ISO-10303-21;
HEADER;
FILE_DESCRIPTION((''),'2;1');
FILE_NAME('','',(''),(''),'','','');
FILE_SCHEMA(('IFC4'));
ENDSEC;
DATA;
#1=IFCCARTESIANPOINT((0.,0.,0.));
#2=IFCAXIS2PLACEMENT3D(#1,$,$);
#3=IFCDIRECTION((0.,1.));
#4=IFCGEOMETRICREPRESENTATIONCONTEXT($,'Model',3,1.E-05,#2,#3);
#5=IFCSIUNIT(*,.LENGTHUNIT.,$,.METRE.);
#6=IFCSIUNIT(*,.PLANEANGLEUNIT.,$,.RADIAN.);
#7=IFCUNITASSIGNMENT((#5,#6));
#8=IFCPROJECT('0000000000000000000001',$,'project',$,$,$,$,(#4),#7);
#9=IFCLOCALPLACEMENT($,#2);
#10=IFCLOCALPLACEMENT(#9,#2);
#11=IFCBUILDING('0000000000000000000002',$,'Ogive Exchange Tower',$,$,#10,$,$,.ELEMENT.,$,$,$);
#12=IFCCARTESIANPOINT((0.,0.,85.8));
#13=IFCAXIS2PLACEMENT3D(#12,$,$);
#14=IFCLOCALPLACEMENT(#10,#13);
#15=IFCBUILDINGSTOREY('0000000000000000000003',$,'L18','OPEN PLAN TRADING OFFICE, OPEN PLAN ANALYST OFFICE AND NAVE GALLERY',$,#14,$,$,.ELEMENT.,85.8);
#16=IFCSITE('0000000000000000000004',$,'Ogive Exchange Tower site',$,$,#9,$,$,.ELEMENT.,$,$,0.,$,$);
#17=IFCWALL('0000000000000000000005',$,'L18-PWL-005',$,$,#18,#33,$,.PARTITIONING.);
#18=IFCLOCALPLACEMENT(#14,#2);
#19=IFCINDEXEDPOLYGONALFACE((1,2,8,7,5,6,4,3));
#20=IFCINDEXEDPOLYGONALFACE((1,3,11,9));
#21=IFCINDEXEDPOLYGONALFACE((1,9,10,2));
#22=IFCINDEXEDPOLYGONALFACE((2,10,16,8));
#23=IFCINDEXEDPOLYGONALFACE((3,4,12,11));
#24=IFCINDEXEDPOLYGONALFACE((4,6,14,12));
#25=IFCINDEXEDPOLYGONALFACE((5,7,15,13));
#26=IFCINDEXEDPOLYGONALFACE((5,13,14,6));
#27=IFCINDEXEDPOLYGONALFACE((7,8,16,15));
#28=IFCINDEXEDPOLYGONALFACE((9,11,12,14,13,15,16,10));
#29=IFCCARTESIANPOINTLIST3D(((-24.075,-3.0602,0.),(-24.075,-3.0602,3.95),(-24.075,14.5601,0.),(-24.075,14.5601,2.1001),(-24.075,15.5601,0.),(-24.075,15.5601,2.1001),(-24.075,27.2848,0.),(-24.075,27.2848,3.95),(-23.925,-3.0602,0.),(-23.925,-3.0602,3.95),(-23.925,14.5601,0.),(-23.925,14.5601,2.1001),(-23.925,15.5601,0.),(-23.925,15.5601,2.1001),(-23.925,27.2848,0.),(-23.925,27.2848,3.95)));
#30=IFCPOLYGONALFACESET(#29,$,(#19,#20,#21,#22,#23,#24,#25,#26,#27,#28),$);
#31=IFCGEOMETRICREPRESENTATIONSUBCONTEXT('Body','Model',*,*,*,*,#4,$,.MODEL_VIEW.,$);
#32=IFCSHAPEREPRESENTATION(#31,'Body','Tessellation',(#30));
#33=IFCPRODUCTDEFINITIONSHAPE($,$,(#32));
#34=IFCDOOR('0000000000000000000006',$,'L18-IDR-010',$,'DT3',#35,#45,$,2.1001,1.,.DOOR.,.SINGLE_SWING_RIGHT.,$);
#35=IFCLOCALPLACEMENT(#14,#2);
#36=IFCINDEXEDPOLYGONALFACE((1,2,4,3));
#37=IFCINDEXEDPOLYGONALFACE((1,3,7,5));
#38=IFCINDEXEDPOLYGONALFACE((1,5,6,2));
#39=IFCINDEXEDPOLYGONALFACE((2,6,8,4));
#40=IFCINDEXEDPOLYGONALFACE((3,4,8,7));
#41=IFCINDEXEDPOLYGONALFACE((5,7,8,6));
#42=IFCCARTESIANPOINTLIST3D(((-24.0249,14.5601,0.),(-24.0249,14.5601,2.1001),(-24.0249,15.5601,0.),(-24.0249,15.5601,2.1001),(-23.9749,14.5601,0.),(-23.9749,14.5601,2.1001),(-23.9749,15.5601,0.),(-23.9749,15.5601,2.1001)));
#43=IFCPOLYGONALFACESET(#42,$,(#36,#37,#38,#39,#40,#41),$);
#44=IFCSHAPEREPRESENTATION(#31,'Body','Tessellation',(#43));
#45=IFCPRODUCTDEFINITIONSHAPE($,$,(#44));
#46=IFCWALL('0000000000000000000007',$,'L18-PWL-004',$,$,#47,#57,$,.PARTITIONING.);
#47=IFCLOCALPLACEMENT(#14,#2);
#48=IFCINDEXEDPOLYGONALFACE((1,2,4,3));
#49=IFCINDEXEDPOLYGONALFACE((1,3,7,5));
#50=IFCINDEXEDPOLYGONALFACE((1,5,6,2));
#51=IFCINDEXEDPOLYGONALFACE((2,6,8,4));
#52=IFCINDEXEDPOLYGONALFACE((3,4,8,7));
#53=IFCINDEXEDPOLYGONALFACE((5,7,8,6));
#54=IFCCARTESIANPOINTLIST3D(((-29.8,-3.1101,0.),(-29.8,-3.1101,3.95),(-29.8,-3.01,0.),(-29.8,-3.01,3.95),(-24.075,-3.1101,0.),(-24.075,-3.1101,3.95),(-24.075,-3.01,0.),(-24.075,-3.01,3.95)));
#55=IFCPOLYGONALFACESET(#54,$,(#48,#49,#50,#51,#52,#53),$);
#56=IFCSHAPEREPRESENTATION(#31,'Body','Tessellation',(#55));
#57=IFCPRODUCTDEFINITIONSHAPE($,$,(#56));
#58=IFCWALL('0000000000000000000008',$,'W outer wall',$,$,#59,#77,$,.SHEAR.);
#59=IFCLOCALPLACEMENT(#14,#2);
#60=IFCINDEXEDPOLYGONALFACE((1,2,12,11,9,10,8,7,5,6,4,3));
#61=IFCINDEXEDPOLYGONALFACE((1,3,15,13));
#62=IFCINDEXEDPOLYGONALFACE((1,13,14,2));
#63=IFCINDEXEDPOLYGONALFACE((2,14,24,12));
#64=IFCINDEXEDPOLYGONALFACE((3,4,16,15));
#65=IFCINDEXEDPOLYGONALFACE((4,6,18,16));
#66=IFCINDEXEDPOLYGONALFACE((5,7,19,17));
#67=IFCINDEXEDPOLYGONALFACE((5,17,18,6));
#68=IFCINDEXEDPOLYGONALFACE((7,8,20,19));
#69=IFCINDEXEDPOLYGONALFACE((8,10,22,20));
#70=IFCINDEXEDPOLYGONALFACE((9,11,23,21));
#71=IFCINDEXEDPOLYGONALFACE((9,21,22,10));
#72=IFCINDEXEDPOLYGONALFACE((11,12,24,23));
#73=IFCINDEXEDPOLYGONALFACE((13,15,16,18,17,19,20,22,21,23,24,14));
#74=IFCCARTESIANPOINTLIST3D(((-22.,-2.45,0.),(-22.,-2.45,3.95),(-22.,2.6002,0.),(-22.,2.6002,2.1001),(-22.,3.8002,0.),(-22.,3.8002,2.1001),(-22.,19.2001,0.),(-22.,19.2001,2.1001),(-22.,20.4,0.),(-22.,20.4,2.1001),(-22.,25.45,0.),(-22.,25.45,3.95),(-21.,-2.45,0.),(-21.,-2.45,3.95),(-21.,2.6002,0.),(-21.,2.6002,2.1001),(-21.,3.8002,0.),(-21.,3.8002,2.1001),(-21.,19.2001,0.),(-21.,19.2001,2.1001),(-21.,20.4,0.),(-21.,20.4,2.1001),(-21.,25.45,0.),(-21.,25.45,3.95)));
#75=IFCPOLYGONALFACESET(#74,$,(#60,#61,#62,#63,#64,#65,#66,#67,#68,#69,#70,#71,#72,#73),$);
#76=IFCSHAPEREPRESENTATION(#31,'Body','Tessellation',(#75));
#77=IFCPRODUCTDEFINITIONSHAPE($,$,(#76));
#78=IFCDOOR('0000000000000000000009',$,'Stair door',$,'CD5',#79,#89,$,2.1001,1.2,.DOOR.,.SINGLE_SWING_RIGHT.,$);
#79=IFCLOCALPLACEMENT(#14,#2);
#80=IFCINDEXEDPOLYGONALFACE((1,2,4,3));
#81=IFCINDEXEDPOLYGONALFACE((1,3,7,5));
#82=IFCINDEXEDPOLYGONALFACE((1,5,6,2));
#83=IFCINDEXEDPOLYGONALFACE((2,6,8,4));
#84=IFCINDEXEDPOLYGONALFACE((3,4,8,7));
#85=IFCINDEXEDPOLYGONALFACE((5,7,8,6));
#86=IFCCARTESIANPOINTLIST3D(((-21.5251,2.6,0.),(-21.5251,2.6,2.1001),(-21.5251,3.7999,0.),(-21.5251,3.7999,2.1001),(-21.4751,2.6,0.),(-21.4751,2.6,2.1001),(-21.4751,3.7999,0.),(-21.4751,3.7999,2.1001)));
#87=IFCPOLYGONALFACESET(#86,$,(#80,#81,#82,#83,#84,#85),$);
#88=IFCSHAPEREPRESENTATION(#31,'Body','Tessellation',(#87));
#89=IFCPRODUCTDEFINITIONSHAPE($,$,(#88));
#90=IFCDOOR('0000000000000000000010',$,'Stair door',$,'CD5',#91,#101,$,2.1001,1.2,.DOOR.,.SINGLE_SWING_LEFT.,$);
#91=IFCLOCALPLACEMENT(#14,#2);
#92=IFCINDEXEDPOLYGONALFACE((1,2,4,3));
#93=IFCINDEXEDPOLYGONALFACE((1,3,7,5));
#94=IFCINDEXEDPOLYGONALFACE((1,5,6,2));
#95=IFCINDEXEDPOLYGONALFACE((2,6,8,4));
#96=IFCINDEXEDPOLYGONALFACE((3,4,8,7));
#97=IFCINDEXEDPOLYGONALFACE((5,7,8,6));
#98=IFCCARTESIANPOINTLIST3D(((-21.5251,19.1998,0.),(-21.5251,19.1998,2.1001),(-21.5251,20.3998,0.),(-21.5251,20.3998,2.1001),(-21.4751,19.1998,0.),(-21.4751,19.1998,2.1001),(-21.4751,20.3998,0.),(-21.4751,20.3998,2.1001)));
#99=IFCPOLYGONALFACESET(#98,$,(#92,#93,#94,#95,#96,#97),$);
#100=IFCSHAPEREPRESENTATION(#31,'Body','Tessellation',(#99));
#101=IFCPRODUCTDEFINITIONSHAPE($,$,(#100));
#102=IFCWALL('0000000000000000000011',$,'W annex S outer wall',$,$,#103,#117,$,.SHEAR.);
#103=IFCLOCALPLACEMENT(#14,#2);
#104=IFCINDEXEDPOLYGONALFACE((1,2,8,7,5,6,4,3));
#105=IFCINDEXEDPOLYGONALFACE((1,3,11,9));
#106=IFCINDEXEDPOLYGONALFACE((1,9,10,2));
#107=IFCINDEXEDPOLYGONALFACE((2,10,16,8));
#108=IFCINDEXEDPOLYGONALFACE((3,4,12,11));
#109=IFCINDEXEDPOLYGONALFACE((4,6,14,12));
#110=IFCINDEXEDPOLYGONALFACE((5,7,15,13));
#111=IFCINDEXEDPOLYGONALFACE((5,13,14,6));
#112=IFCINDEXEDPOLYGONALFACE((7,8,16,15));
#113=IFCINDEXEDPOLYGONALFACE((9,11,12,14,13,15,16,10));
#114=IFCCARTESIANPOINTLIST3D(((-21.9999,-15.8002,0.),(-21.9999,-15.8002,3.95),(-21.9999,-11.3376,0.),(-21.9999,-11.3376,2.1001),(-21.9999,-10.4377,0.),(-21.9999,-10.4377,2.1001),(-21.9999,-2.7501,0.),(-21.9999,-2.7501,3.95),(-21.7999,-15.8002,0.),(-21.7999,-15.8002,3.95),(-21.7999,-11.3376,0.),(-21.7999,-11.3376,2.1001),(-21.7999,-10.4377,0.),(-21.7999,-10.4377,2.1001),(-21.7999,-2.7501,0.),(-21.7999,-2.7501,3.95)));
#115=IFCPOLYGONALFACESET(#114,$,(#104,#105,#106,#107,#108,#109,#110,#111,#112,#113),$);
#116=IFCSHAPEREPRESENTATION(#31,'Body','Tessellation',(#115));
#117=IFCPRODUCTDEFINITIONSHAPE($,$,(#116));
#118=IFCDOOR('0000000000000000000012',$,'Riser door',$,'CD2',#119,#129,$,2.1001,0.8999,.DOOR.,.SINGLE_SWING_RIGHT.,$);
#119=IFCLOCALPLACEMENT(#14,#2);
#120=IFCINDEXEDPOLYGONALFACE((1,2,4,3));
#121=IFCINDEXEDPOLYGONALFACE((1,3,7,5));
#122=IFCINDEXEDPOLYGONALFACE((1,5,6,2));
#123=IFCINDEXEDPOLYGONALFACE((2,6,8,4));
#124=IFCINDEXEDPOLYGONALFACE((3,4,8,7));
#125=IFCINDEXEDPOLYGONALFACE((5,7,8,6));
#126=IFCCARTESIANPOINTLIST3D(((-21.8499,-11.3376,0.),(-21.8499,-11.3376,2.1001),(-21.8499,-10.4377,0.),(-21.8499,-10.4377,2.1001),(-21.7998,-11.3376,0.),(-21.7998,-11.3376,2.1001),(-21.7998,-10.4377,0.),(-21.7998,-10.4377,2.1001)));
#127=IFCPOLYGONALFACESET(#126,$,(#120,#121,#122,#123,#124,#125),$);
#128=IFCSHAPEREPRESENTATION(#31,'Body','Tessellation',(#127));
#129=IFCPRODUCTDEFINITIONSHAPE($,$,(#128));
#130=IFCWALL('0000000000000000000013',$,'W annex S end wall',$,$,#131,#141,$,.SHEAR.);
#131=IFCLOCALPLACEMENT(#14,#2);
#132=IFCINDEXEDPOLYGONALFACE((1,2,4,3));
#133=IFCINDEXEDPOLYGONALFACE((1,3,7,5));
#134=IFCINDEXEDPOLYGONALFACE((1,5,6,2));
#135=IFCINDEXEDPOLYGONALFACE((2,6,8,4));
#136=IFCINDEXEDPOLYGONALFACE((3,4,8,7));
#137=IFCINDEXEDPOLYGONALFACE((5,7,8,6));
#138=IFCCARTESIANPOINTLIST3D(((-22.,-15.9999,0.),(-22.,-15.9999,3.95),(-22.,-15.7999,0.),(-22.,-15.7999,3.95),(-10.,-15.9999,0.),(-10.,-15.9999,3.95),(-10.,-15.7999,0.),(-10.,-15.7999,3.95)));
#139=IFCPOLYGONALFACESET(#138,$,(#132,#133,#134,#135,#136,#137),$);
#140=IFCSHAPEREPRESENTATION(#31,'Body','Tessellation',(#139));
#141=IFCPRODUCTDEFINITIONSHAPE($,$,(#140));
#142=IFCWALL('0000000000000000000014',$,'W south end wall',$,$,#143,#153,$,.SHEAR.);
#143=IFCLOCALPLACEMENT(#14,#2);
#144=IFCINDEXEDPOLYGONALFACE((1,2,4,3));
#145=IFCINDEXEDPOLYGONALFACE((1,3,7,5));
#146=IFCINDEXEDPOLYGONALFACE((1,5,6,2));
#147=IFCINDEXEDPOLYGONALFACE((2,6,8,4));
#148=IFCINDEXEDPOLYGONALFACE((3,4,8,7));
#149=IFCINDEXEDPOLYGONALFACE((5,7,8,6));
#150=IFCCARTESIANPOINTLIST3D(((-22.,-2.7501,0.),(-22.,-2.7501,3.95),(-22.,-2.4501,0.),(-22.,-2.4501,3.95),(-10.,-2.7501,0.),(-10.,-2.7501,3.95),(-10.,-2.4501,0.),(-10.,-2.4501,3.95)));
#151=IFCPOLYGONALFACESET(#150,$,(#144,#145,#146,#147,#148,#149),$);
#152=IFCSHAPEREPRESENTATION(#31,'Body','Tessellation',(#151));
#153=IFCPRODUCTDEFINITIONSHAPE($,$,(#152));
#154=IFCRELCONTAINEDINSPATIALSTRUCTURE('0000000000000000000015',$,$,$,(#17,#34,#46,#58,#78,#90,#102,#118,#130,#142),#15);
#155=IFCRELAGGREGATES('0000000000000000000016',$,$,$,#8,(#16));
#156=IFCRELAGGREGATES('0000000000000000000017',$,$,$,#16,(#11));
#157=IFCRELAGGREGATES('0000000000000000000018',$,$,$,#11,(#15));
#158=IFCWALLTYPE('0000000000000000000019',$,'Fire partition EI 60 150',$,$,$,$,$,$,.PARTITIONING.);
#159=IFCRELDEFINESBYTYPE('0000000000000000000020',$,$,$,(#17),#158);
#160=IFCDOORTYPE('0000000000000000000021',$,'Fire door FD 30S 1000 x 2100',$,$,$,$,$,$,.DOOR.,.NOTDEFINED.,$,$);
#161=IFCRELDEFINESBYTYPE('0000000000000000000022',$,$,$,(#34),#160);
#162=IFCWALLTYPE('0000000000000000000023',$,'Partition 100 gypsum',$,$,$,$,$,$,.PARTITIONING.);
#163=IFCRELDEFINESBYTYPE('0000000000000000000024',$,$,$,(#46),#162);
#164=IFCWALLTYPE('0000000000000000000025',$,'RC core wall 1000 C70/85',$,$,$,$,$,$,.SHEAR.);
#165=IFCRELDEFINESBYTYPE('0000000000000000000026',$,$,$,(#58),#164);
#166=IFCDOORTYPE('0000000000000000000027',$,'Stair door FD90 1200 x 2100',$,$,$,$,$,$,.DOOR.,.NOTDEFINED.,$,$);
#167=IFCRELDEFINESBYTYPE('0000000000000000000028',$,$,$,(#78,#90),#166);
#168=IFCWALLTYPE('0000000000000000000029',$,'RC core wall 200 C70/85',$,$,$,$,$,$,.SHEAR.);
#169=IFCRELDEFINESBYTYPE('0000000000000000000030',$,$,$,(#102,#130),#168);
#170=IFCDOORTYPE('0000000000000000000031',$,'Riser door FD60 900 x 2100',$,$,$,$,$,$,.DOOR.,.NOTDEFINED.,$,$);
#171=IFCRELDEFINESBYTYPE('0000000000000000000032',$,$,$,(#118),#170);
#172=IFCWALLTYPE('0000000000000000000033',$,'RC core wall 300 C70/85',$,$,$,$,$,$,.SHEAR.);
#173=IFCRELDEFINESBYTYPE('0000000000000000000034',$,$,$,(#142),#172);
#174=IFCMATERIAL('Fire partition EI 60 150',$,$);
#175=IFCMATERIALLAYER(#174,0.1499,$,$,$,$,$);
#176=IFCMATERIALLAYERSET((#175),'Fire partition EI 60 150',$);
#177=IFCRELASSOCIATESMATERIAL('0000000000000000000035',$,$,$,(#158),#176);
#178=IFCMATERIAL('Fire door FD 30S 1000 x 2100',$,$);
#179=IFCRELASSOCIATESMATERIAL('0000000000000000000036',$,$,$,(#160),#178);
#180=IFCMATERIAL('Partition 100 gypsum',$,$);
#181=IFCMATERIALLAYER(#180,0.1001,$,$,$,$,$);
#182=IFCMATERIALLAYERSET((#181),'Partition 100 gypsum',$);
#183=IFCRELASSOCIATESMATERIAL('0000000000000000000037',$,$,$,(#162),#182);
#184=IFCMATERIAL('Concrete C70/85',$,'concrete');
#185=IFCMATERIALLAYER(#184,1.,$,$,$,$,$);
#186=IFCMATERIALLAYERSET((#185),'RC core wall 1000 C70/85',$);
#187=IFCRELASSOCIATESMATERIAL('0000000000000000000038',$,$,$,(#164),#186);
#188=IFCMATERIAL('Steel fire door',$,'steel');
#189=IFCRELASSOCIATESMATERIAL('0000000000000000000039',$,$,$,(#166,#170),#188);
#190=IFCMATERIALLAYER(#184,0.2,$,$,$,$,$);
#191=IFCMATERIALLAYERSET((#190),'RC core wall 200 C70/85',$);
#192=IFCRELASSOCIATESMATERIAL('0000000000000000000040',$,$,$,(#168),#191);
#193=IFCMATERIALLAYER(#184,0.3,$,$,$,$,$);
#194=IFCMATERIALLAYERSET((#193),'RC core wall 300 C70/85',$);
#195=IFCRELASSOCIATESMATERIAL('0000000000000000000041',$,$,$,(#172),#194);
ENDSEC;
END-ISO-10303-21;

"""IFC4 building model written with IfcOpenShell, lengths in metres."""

from ifc_helpers import new_model, si_unit, direction, frame, frame_2d, origin, place, context, subcontext, project, spatial, rectangle, extrude, material, layer, layer_set, type_object, element, fill, save


model = new_model("IFC4")

# Units and contexts
model_context = context("Model", 3, precision=1e-05, world=origin(), true_north=direction((0.0, 1.0)))
body_context = subcontext(model_context, "Body", "Model", "MODEL_VIEW")
ifc_project = project(units=[si_unit("LENGTHUNIT", "METRE"), si_unit("PLANEANGLEUNIT", "RADIAN")], contexts=[model_context])

# Site, building, storey
site_placement = place(None, origin())
site = spatial("IfcSite", under=ifc_project, at=site_placement, Name="Ogive Exchange Tower site", CompositionType="ELEMENT", RefElevation=0.0)
building_placement = place(site_placement, origin())
building = spatial("IfcBuilding", under=site, at=building_placement, Name="Ogive Exchange Tower", CompositionType="ELEMENT")
storey_placement = place(building_placement, frame((0.0, 0.0, 85.8)))
storey = spatial("IfcBuildingStorey", under=building, at=storey_placement, Name="L18", Description="OPEN PLAN TRADING OFFICE, OPEN PLAN ANALYST OFFICE AND NAVE GALLERY", CompositionType="ELEMENT", Elevation=85.8)

# Wall, opening, door
ifc_material_1 = material(Name="Fire partition EI 60 150")
ifc_layer_1 = layer(ifc_material_1, 0.1499)
ifc_layer_set_1 = layer_set([ifc_layer_1], Name="Fire partition EI 60 150")
wall_type_1 = type_object("IfcWallType", Name="Fire partition EI 60 150", PredefinedType="PARTITIONING", material=ifc_layer_set_1)
ifc_material_2 = material(Name="Fire door FD 30S 1000 x 2100")
door_type_1 = type_object("IfcDoorType", Name="Fire door FD 30S 1000 x 2100", OperationType="NOTDEFINED", PredefinedType="DOOR", material=ifc_material_2)
wall_1_placement = place(storey_placement, frame((-24.0, -3.0601, 0.0), z_axis=(0.0, 0.0, 1.0), x_axis=(0.0, 1.0, 0.0)))
wall_1 = element("IfcWall", 1, at=wall_1_placement, inside=storey, type_object=wall_type_1, Name="L18-PWL-005", PredefinedType="PARTITIONING", context=body_context, shape_type="SweptSolid", body=[
    extrude(rectangle(XDim=30.345, YDim=0.1499, at=frame_2d((15.1724, 0.0))), origin(), (0.0, 0.0, 1.0), 3.95),
])
opening_1_placement = place(wall_1_placement, frame((17.6201, 0.0, 0.0)))
opening_1 = element("IfcOpeningElement", 2, at=opening_1_placement, cuts=wall_1, PredefinedType="OPENING", context=body_context, shape_type="SweptSolid", body=[
    extrude(rectangle(XDim=1.0, YDim=2.1001, at=frame_2d((0.5, 1.05))), frame((0.0, 0.085, 0.0), z_axis=(0.0, -1.0, 0.0), x_axis=(1.0, 0.0, 0.0)), (0.0, 0.0, 1.0), 0.1699),
])
door_1_placement = place(opening_1_placement, origin())
door_1 = element("IfcDoor", 3, at=door_1_placement, inside=storey, type_object=door_type_1, Name="L18-IDR-010", ObjectType="DT3", OperationType="SINGLE_SWING_RIGHT", OverallHeight=2.1001, OverallWidth=1.0, PredefinedType="DOOR", context=body_context, shape_type="SweptSolid", body=[
    extrude(rectangle(XDim=1.0, YDim=2.1001, at=frame_2d((0.5, 1.05))), frame((0.0, 0.0249, 0.0), z_axis=(0.0, -1.0, 0.0), x_axis=(1.0, 0.0, 0.0)), (0.0, 0.0, 1.0), 0.05),
])
fill(opening_1, door_1)

# Wall
ifc_material_3 = material(Name="Partition 100 gypsum")
ifc_layer_2 = layer(ifc_material_3, 0.1001)
ifc_layer_set_2 = layer_set([ifc_layer_2], Name="Partition 100 gypsum")
wall_type_2 = type_object("IfcWallType", Name="Partition 100 gypsum", PredefinedType="PARTITIONING", material=ifc_layer_set_2)
wall_2_placement = place(storey_placement, frame((-24.075, -3.0601, 0.0), z_axis=(0.0, 0.0, 1.0), x_axis=(-1.0, 0.0, 0.0)))
element("IfcWall", 4, at=wall_2_placement, inside=storey, type_object=wall_type_2, Name="L18-PWL-004", PredefinedType="PARTITIONING", context=body_context, shape_type="SweptSolid", body=[
    extrude(rectangle(XDim=5.7251, YDim=0.1001, at=frame_2d((2.8625, 0.0))), origin(), (0.0, 0.0, 1.0), 3.95),
])

# Wall, openings, doors
ifc_material_4 = material(Name="Concrete C70/85", Category="concrete")
ifc_layer_3 = layer(ifc_material_4, 1.0)
ifc_layer_set_3 = layer_set([ifc_layer_3], Name="RC core wall 1000 C70/85")
wall_type_3 = type_object("IfcWallType", Name="RC core wall 1000 C70/85", PredefinedType="SHEAR", material=ifc_layer_set_3)
wall_3_placement = place(storey_placement, frame((-21.5, -2.45, 0.0), z_axis=(0.0, 0.0, 1.0), x_axis=(0.0, 1.0, 0.0)))
wall_3 = element("IfcWall", 5, at=wall_3_placement, inside=storey, type_object=wall_type_3, Name="W outer wall", PredefinedType="SHEAR", context=body_context, shape_type="SweptSolid", body=[
    extrude(rectangle(XDim=27.8999, YDim=1.0, at=frame_2d((13.95, 0.0))), origin(), (0.0, 0.0, 1.0), 3.95),
])
opening_2_placement = place(wall_3_placement, frame((5.05, 0.0, 0.0)))
opening_2 = element("IfcOpeningElement", 6, at=opening_2_placement, cuts=wall_3, PredefinedType="OPENING", context=body_context, shape_type="SweptSolid", body=[
    extrude(rectangle(XDim=1.2, YDim=2.1001, at=frame_2d((0.6001, 1.05))), frame((0.0, 0.51, 0.0), z_axis=(0.0, -1.0, 0.0), x_axis=(1.0, 0.0, 0.0)), (0.0, 0.0, 1.0), 1.02),
])
opening_3_placement = place(wall_3_placement, frame((21.6499, 0.0, 0.0)))
opening_3 = element("IfcOpeningElement", 7, at=opening_3_placement, cuts=wall_3, PredefinedType="OPENING", context=body_context, shape_type="SweptSolid", body=[
    extrude(rectangle(XDim=1.2, YDim=2.1001, at=frame_2d((0.6001, 1.05))), frame((0.0, 0.51, 0.0), z_axis=(0.0, -1.0, 0.0), x_axis=(1.0, 0.0, 0.0)), (0.0, 0.0, 1.0), 1.02),
])
ifc_material_5 = material(Name="Steel fire door", Category="steel")
door_type_2 = type_object("IfcDoorType", Name="Stair door FD90 1200 x 2100", OperationType="NOTDEFINED", PredefinedType="DOOR", material=ifc_material_5)
door_2_placement = place(opening_2_placement, frame((1.2, 0.0, 0.0), z_axis=(0.0, 0.0, 1.0), x_axis=(-1.0, 0.0, 0.0)))
door_2 = element("IfcDoor", 8, at=door_2_placement, inside=storey, type_object=door_type_2, Name="Stair door", ObjectType="CD5", OperationType="SINGLE_SWING_RIGHT", OverallHeight=2.1001, OverallWidth=1.2, PredefinedType="DOOR", context=body_context, shape_type="SweptSolid", body=[
    extrude(rectangle(XDim=1.2, YDim=2.1001, at=frame_2d((0.6001, 1.05))), frame((0.0, 0.0249, 0.0), z_axis=(0.0, -1.0, 0.0), x_axis=(1.0, 0.0, 0.0)), (0.0, 0.0, 1.0), 0.05),
])
fill(opening_2, door_2)
door_3_placement = place(opening_3_placement, frame((1.2, 0.0, 0.0), z_axis=(0.0, 0.0, 1.0), x_axis=(-1.0, 0.0, 0.0)))
door_3 = element("IfcDoor", 9, at=door_3_placement, inside=storey, type_object=door_type_2, Name="Stair door", ObjectType="CD5", OperationType="SINGLE_SWING_LEFT", OverallHeight=2.1001, OverallWidth=1.2, PredefinedType="DOOR", context=body_context, shape_type="SweptSolid", body=[
    extrude(rectangle(XDim=1.2, YDim=2.1001, at=frame_2d((0.6001, 1.05))), frame((0.0, 0.0249, 0.0), z_axis=(0.0, -1.0, 0.0), x_axis=(1.0, 0.0, 0.0)), (0.0, 0.0, 1.0), 0.05),
])
fill(opening_3, door_3)

# Wall, opening, door
ifc_layer_4 = layer(ifc_material_4, 0.2)
ifc_layer_set_4 = layer_set([ifc_layer_4], Name="RC core wall 200 C70/85")
wall_type_4 = type_object("IfcWallType", Name="RC core wall 200 C70/85", PredefinedType="SHEAR", material=ifc_layer_set_4)
wall_4_placement = place(storey_placement, frame((-21.8999, -15.8, 0.0), z_axis=(0.0, 0.0, 1.0), x_axis=(0.0, 1.0, 0.0)))
wall_4 = element("IfcWall", 10, at=wall_4_placement, inside=storey, type_object=wall_type_4, Name="W annex S outer wall", PredefinedType="SHEAR", context=body_context, shape_type="SweptSolid", body=[
    extrude(rectangle(XDim=13.05, YDim=0.2, at=frame_2d((6.5249, 0.0))), origin(), (0.0, 0.0, 1.0), 3.95),
])
opening_4_placement = place(wall_4_placement, frame((4.4624, 0.0, 0.0)))
opening_4 = element("IfcOpeningElement", 11, at=opening_4_placement, cuts=wall_4, PredefinedType="OPENING", context=body_context, shape_type="SweptSolid", body=[
    extrude(rectangle(XDim=0.8999, YDim=2.1001, at=frame_2d((0.45, 1.05))), frame((0.0, 0.1099, 0.0), z_axis=(0.0, -1.0, 0.0), x_axis=(1.0, 0.0, 0.0)), (0.0, 0.0, 1.0), 0.22),
])
door_type_3 = type_object("IfcDoorType", Name="Riser door FD60 900 x 2100", OperationType="NOTDEFINED", PredefinedType="DOOR", material=ifc_material_5)
door_4_placement = place(opening_4_placement, frame((0.8999, -0.1499, 0.0), z_axis=(0.0, 0.0, 1.0), x_axis=(-1.0, 0.0, 0.0)))
door_4 = element("IfcDoor", 12, at=door_4_placement, inside=storey, type_object=door_type_3, Name="Riser door", ObjectType="CD2", OperationType="SINGLE_SWING_RIGHT", OverallHeight=2.1001, OverallWidth=0.8999, PredefinedType="DOOR", context=body_context, shape_type="SweptSolid", body=[
    extrude(rectangle(XDim=0.8999, YDim=2.1001, at=frame_2d((0.45, 1.05))), frame((0.0, -0.0498, 0.0), z_axis=(0.0, -1.0, 0.0), x_axis=(1.0, 0.0, 0.0)), (0.0, 0.0, 1.0), 0.05),
])
fill(opening_4, door_4)

# Walls
wall_5_placement = place(storey_placement, frame((-22.0, -15.8999, 0.0), z_axis=(0.0, 0.0, 1.0), x_axis=(1.0, 0.0, 0.0)))
element("IfcWall", 13, at=wall_5_placement, inside=storey, type_object=wall_type_4, Name="W annex S end wall", PredefinedType="SHEAR", context=body_context, shape_type="SweptSolid", body=[
    extrude(rectangle(XDim=12.0, YDim=0.2, at=frame_2d((6.0, 0.0))), origin(), (0.0, 0.0, 1.0), 3.95),
])
ifc_layer_5 = layer(ifc_material_4, 0.3)
ifc_layer_set_5 = layer_set([ifc_layer_5], Name="RC core wall 300 C70/85")
wall_type_5 = type_object("IfcWallType", Name="RC core wall 300 C70/85", PredefinedType="SHEAR", material=ifc_layer_set_5)
wall_6_placement = place(storey_placement, frame((-22.0, -2.6001, 0.0), z_axis=(0.0, 0.0, 1.0), x_axis=(1.0, 0.0, 0.0)))
element("IfcWall", 14, at=wall_6_placement, inside=storey, type_object=wall_type_5, Name="W south end wall", PredefinedType="SHEAR", context=body_context, shape_type="SweptSolid", body=[
    extrude(rectangle(XDim=12.0, YDim=0.3, at=frame_2d((6.0, 0.0))), origin(), (0.0, 0.0, 1.0), 3.95),
])

save(model, "model.ifc")
